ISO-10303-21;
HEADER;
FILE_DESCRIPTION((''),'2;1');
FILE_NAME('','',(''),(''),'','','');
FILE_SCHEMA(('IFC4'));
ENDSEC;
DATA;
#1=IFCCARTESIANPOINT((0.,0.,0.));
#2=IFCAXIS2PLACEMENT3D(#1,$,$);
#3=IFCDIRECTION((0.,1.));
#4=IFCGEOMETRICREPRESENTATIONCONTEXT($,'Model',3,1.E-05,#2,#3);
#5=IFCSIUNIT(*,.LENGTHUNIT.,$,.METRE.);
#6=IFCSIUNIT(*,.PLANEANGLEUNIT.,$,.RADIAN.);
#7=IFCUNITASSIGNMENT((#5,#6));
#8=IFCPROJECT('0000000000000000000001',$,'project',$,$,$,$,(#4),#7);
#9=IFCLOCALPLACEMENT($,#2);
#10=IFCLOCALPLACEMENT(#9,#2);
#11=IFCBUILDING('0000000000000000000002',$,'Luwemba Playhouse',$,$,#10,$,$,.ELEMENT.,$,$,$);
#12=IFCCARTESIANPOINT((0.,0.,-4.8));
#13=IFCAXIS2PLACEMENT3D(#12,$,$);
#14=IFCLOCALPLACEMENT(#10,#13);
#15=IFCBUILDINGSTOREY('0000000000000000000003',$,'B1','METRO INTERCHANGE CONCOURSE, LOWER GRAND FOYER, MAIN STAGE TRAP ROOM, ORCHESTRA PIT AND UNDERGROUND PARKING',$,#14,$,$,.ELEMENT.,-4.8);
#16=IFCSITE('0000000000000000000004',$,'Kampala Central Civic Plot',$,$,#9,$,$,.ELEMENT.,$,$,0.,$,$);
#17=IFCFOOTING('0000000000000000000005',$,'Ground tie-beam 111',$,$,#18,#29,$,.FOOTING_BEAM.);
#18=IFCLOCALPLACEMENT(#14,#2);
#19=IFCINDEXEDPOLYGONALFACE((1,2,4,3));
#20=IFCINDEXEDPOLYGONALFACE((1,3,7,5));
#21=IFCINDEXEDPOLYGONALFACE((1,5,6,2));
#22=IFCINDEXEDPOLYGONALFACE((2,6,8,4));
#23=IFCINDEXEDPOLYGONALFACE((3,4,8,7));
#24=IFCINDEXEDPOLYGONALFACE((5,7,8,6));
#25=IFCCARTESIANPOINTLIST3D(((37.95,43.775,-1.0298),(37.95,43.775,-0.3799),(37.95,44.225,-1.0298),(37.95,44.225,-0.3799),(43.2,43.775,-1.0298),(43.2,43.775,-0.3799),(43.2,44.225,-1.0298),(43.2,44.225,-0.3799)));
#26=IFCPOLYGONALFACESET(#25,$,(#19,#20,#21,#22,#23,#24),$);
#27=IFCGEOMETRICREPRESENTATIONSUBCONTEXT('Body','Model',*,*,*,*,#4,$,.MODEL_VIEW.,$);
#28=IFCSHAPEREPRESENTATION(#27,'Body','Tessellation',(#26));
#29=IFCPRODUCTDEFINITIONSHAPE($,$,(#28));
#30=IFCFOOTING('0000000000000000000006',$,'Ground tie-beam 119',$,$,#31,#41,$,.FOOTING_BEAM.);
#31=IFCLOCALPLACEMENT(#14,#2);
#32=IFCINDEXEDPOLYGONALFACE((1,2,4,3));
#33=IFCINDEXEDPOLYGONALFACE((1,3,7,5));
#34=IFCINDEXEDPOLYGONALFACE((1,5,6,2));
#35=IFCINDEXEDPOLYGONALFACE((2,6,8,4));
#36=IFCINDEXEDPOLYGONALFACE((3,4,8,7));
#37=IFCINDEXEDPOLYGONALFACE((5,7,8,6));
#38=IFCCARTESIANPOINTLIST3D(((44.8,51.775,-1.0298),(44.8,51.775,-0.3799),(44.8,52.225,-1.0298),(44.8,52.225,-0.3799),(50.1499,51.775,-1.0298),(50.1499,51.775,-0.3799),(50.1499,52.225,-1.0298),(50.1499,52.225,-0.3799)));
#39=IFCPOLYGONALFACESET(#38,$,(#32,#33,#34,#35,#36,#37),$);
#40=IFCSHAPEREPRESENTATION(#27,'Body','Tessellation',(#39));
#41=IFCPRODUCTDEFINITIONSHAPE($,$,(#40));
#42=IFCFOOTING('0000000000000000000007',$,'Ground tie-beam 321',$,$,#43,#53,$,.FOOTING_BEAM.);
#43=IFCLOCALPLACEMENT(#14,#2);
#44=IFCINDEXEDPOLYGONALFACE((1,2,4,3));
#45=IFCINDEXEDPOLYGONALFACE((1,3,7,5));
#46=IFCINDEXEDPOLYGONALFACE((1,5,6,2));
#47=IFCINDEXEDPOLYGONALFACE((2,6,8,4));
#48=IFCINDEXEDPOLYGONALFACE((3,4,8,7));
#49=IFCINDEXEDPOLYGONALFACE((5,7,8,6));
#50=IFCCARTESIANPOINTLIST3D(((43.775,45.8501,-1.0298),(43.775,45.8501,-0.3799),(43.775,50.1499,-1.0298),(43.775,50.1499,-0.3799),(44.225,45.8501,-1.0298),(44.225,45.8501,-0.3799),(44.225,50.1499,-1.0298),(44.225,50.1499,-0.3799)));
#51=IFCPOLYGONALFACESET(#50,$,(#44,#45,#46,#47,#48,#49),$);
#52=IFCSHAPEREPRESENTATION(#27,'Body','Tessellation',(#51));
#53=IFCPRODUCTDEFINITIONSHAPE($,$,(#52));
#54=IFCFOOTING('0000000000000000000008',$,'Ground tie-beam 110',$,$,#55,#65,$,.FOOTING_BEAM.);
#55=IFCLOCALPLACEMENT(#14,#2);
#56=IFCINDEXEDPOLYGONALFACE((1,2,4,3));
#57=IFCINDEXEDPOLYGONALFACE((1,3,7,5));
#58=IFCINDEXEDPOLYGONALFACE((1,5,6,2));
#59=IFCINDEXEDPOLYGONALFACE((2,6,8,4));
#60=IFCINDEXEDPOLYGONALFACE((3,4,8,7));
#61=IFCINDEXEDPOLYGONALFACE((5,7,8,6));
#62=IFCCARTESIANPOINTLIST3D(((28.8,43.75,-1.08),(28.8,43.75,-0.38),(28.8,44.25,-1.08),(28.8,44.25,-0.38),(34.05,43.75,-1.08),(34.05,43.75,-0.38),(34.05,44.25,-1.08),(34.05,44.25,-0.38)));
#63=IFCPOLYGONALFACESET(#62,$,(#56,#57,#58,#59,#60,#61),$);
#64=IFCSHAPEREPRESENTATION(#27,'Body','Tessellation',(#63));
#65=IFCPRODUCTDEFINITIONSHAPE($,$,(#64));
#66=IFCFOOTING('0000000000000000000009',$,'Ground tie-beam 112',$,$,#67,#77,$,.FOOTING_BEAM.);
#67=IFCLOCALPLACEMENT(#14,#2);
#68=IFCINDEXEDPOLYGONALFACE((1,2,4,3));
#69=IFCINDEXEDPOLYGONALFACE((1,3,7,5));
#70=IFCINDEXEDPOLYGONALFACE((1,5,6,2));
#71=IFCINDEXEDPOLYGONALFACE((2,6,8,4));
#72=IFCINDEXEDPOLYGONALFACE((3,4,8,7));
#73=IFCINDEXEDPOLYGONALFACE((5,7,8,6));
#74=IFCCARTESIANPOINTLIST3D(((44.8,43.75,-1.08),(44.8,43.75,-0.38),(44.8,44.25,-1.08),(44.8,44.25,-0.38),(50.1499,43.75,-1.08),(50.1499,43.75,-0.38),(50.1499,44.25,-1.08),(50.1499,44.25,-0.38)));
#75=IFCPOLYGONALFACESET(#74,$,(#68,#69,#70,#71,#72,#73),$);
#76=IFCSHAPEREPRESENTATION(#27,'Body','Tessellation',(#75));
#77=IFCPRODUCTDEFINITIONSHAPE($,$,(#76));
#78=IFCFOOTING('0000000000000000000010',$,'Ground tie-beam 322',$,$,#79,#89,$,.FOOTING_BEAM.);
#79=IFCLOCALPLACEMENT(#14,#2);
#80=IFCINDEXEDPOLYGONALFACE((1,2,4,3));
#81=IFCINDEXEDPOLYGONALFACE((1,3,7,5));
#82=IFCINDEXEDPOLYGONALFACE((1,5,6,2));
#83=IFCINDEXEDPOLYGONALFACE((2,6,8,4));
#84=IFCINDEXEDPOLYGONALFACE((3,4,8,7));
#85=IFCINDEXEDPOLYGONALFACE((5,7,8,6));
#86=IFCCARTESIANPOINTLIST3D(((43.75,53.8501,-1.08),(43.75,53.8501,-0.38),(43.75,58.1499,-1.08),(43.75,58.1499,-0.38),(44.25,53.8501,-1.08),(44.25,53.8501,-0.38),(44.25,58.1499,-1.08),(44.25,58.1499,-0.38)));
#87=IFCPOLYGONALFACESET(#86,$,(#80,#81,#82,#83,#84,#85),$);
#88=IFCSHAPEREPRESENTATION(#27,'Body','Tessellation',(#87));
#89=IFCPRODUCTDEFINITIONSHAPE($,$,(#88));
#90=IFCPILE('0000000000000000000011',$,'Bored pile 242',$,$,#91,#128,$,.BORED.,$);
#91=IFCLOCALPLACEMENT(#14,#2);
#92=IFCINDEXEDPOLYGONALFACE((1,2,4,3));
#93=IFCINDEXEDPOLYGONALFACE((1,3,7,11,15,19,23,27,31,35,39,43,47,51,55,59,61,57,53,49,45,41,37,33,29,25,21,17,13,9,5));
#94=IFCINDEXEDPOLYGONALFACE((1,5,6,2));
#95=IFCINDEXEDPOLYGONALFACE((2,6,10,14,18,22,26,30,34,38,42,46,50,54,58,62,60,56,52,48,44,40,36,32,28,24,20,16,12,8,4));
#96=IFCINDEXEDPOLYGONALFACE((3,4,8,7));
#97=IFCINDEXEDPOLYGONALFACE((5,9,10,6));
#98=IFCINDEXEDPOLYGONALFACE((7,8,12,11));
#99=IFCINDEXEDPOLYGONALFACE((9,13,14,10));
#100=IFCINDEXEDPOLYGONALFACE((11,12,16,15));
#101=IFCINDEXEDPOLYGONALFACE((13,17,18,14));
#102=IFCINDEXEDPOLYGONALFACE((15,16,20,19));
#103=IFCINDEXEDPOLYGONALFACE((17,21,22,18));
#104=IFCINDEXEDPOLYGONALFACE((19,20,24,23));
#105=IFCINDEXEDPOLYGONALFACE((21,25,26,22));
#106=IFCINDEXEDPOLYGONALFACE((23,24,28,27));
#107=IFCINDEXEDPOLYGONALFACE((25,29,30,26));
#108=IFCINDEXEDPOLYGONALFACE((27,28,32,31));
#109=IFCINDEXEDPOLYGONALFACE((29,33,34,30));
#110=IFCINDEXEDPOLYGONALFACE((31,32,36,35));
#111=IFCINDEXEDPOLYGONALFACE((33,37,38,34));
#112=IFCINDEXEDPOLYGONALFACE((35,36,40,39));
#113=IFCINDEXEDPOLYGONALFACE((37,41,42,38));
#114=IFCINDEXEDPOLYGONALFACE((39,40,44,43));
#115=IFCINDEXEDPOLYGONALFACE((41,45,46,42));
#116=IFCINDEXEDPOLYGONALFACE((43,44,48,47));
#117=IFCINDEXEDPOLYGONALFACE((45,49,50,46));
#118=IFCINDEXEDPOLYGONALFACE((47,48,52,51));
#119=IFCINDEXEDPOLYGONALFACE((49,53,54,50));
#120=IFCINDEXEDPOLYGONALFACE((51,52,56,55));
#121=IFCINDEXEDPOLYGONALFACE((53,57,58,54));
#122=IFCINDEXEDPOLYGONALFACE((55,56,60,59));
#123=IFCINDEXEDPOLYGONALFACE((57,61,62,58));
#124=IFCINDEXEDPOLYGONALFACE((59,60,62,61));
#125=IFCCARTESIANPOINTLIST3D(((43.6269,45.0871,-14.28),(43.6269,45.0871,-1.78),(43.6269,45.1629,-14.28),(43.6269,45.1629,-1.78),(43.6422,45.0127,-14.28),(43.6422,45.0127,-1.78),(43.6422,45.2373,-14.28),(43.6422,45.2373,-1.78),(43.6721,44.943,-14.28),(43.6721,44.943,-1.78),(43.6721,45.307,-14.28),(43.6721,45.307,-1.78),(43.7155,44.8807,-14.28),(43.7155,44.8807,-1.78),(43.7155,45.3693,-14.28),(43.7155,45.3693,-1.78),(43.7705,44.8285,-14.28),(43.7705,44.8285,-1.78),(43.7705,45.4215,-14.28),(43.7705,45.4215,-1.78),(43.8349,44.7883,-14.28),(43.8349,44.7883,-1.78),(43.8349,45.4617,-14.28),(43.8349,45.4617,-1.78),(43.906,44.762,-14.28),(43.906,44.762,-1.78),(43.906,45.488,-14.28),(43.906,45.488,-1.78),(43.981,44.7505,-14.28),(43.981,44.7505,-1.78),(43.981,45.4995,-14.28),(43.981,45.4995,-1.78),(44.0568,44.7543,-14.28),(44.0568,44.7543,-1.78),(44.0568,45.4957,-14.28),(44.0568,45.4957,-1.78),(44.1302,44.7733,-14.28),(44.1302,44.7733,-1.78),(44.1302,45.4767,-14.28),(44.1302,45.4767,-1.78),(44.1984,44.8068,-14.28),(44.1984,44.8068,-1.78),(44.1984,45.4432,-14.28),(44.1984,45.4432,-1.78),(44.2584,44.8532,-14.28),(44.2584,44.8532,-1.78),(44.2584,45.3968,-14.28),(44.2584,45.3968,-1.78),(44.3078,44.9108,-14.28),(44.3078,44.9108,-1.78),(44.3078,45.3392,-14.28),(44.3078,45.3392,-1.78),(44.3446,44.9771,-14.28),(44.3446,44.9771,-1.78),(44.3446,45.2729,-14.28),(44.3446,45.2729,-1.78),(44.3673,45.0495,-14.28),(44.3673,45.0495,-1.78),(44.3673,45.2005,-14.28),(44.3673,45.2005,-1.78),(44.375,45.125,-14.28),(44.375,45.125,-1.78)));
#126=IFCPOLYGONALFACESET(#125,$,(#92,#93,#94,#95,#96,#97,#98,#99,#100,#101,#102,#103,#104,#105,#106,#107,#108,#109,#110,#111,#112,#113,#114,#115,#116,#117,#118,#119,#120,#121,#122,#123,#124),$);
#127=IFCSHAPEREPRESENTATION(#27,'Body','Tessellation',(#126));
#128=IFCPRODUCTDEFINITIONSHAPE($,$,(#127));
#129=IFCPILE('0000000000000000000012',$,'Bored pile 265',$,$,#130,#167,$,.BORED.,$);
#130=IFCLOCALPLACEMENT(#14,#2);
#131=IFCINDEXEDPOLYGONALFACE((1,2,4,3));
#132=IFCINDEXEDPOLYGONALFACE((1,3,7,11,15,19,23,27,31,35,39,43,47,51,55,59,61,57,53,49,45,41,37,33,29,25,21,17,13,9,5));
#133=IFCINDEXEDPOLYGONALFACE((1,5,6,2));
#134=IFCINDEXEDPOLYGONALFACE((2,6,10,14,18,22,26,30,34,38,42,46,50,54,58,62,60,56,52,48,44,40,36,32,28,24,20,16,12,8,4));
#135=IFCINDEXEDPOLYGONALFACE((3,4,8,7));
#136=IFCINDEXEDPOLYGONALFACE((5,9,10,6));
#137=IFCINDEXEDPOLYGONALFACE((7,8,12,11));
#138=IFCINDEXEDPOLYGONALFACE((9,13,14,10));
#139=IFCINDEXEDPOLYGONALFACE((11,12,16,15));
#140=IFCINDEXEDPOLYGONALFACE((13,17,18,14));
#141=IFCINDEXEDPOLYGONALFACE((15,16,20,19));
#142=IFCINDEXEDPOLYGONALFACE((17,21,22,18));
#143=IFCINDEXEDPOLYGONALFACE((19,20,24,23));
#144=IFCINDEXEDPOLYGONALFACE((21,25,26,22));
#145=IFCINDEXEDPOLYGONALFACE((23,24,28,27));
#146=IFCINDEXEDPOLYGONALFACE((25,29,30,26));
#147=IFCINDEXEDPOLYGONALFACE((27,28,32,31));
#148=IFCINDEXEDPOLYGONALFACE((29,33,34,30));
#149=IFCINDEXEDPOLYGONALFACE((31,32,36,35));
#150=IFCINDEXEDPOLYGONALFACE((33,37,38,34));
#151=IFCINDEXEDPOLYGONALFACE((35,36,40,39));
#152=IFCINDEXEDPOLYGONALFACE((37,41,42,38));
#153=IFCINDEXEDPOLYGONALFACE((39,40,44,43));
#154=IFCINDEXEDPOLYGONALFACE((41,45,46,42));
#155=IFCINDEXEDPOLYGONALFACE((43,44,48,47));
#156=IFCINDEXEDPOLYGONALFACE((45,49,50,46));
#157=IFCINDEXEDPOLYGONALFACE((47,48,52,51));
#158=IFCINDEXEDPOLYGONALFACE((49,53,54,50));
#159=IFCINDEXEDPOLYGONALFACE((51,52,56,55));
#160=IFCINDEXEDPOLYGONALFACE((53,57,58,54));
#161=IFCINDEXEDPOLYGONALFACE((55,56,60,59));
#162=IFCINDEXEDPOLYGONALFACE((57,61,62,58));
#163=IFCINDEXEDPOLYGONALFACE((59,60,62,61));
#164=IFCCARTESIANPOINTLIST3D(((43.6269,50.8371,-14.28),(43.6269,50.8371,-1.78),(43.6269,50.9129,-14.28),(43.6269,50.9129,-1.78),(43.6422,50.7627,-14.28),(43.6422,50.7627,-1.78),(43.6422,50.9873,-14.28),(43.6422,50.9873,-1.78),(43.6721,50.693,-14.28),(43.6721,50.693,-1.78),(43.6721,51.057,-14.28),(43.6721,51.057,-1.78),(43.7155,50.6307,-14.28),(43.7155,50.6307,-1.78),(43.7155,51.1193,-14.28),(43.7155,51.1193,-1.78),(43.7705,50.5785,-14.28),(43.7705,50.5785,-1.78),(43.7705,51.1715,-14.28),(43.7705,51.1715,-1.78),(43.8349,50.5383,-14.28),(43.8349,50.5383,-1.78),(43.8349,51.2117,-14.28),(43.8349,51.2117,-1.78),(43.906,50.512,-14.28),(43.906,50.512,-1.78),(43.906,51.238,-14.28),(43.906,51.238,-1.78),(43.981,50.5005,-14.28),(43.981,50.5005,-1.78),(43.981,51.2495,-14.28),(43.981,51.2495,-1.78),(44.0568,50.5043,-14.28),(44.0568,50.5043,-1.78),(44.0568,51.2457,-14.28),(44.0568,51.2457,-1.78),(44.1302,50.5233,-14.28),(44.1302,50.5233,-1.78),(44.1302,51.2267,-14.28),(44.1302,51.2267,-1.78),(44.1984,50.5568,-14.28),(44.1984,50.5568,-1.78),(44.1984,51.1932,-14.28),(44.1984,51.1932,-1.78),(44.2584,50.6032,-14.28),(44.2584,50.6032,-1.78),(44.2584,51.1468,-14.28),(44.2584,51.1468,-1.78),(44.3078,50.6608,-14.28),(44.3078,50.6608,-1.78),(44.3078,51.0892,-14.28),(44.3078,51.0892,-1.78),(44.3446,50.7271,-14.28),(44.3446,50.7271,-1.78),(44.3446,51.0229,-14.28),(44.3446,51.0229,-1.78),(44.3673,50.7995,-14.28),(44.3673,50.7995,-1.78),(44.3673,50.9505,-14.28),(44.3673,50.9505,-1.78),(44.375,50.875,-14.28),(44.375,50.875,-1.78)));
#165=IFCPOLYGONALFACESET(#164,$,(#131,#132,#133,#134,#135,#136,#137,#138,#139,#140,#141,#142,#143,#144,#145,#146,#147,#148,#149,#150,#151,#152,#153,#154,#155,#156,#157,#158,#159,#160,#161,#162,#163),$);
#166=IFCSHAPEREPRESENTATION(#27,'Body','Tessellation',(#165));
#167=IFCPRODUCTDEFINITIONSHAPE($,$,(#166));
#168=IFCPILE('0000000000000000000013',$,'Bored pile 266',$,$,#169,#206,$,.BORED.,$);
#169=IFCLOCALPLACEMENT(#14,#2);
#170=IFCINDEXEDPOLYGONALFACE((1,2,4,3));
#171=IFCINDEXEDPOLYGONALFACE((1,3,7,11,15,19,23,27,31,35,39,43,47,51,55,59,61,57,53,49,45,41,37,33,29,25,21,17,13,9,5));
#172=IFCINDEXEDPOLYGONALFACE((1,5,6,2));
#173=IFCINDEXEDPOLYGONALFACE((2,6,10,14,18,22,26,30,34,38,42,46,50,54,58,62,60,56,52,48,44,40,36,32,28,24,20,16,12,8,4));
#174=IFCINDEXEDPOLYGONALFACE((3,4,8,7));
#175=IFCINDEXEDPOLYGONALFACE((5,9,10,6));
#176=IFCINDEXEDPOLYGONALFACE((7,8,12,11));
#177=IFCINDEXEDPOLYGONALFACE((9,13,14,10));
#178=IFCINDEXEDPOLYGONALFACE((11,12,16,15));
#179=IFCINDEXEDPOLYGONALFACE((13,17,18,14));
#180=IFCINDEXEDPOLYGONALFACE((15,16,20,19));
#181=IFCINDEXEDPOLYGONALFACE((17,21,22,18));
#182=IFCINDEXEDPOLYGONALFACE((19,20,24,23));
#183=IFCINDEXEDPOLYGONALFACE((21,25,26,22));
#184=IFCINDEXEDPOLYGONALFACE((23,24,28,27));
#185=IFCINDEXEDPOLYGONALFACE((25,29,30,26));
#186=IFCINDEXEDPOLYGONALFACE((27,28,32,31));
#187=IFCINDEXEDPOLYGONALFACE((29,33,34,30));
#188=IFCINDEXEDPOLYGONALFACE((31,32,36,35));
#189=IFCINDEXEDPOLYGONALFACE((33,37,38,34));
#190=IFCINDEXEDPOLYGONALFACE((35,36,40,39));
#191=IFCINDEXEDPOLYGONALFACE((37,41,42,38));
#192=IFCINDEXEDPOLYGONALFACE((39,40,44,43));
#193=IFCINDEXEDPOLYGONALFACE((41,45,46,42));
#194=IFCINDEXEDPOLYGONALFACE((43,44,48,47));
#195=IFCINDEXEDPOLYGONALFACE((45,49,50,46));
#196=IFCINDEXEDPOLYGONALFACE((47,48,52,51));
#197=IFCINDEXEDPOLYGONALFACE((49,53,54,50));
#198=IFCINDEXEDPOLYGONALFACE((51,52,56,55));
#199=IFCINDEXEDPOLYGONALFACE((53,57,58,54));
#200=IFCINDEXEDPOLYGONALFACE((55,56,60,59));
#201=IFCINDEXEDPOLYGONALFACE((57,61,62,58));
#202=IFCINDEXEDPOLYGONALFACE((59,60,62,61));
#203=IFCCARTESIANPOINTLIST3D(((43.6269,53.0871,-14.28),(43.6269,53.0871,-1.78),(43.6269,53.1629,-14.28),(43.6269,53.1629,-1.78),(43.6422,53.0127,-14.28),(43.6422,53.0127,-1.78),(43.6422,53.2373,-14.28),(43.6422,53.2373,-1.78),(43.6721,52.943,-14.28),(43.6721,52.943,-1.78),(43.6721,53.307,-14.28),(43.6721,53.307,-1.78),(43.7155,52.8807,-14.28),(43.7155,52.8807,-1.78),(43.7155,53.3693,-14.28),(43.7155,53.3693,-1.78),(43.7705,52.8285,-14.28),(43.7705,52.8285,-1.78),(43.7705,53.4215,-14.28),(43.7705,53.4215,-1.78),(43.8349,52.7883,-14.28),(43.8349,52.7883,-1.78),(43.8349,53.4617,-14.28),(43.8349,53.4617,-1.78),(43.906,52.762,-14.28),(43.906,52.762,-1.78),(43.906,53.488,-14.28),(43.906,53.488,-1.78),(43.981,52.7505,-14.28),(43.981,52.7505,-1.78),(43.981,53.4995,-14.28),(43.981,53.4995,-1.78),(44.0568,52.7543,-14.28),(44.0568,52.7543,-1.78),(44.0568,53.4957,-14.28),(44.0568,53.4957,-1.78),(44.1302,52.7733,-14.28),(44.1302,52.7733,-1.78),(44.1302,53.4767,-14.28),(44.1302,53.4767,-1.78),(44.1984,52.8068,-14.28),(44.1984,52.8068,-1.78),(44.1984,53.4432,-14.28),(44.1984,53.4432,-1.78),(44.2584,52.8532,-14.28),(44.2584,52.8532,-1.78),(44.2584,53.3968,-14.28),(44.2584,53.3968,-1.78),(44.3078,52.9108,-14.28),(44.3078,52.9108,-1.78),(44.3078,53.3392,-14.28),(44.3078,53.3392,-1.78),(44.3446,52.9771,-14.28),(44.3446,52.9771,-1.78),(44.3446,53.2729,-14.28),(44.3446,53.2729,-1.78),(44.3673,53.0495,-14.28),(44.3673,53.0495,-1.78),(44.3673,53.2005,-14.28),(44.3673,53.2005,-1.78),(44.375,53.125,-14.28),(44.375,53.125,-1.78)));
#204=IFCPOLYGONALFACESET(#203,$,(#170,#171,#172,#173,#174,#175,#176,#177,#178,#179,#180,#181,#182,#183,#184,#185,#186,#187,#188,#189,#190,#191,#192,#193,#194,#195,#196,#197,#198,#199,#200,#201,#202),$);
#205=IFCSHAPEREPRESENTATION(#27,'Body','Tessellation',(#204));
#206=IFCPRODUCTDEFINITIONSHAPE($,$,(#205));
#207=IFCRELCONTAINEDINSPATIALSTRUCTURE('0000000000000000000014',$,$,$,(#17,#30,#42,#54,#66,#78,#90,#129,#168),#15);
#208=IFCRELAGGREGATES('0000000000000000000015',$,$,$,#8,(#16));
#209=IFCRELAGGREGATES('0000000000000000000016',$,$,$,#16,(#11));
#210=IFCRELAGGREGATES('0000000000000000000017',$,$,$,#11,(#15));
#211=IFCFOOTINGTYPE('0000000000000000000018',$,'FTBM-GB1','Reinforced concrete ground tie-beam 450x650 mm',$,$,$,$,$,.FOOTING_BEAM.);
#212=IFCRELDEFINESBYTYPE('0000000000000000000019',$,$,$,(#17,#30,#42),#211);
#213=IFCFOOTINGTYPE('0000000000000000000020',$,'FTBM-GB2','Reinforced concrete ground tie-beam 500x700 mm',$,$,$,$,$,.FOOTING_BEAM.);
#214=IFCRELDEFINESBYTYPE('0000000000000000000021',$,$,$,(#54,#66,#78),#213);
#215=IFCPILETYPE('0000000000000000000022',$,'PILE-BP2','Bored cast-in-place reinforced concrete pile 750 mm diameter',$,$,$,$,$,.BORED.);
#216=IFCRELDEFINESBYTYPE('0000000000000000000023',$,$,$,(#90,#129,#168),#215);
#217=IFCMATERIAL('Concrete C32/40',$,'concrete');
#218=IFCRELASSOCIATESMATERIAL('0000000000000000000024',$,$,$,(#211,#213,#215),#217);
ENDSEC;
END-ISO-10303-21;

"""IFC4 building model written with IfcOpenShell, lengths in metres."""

from ifc_helpers import new_model, si_unit, direction, frame, origin, origin_2d, place, context, subcontext, project, spatial, rectangle, circle, extrude, material, material_profile, profile_set, type_object, element, save


model = new_model("IFC4")

# Units and contexts
model_context = context("Model", 3, precision=1e-05, world=origin(), true_north=direction((0.0, 1.0)))
body_context = subcontext(model_context, "Body", "Model", "MODEL_VIEW")
ifc_project = project(units=[si_unit("LENGTHUNIT", "METRE"), si_unit("PLANEANGLEUNIT", "RADIAN")], contexts=[model_context])

# Site, building, storey
site_placement = place(None, origin())
site = spatial("IfcSite", under=ifc_project, at=site_placement, Name="Kampala Central Civic Plot", CompositionType="ELEMENT", RefElevation=0.0)
building_placement = place(site_placement, origin())
building = spatial("IfcBuilding", under=site, at=building_placement, Name="Luwemba Playhouse", CompositionType="ELEMENT")
storey_placement = place(building_placement, frame((0.0, 0.0, -4.8)))
storey = spatial("IfcBuildingStorey", under=building, at=storey_placement, Name="B1", Description="METRO INTERCHANGE CONCOURSE, LOWER GRAND FOYER, MAIN STAGE TRAP ROOM, ORCHESTRA PIT AND UNDERGROUND PARKING", CompositionType="ELEMENT", Elevation=-4.8)

# Footings
ifc_material_1 = material(Name="Concrete C32/40", Category="concrete")
ifc_material_profile_1 = material_profile(ifc_material_1, rectangle(XDim=0.45, YDim=0.6499, at=origin_2d()))
ifc_profile_set_1 = profile_set([ifc_material_profile_1], Name="Concrete C32/40")
footing_type_1 = type_object("IfcFootingType", Name="FTBM-GB1", Description="Reinforced concrete ground tie-beam 450x650 mm", PredefinedType="FOOTING_BEAM", material=ifc_profile_set_1)
footing_1_placement = place(storey_placement, frame((37.95, 44.0, -0.7048), z_axis=(1.0, 0.0, 0.0), x_axis=(0.0, 1.0, 0.0)))
element("IfcFooting", 1, at=footing_1_placement, inside=storey, type_object=footing_type_1, Name="Ground tie-beam 111", PredefinedType="FOOTING_BEAM", context=body_context, shape_type="SweptSolid", body=[
    extrude(rectangle(XDim=0.45, YDim=0.6499, at=origin_2d()), origin(), (0.0, 0.0, 1.0), 5.25),
])
footing_2_placement = place(storey_placement, frame((44.8, 52.0, -0.7048), z_axis=(1.0, 0.0, 0.0), x_axis=(0.0, 1.0, 0.0)))
element("IfcFooting", 2, at=footing_2_placement, inside=storey, type_object=footing_type_1, Name="Ground tie-beam 119", PredefinedType="FOOTING_BEAM", context=body_context, shape_type="SweptSolid", body=[
    extrude(rectangle(XDim=0.45, YDim=0.6499, at=origin_2d()), origin(), (0.0, 0.0, 1.0), 5.3499),
])
footing_3_placement = place(storey_placement, frame((44.0, 45.8501, -0.7048), z_axis=(0.0, 1.0, 0.0), x_axis=(-1.0, 0.0, 0.0)))
element("IfcFooting", 3, at=footing_3_placement, inside=storey, type_object=footing_type_1, Name="Ground tie-beam 321", PredefinedType="FOOTING_BEAM", context=body_context, shape_type="SweptSolid", body=[
    extrude(rectangle(XDim=0.45, YDim=0.6499, at=origin_2d()), origin(), (0.0, 0.0, 1.0), 4.2998),
])
ifc_material_profile_2 = material_profile(ifc_material_1, rectangle(XDim=0.5, YDim=0.7, at=origin_2d()))
ifc_profile_set_2 = profile_set([ifc_material_profile_2], Name="Concrete C32/40")
footing_type_2 = type_object("IfcFootingType", Name="FTBM-GB2", Description="Reinforced concrete ground tie-beam 500x700 mm", PredefinedType="FOOTING_BEAM", material=ifc_profile_set_2)
footing_4_placement = place(storey_placement, frame((28.8, 44.0, -0.73), z_axis=(1.0, 0.0, 0.0), x_axis=(0.0, 1.0, 0.0)))
element("IfcFooting", 4, at=footing_4_placement, inside=storey, type_object=footing_type_2, Name="Ground tie-beam 110", PredefinedType="FOOTING_BEAM", context=body_context, shape_type="SweptSolid", body=[
    extrude(rectangle(XDim=0.5, YDim=0.7, at=origin_2d()), origin(), (0.0, 0.0, 1.0), 5.25),
])
footing_5_placement = place(storey_placement, frame((44.8, 44.0, -0.73), z_axis=(1.0, 0.0, 0.0), x_axis=(0.0, 1.0, 0.0)))
element("IfcFooting", 5, at=footing_5_placement, inside=storey, type_object=footing_type_2, Name="Ground tie-beam 112", PredefinedType="FOOTING_BEAM", context=body_context, shape_type="SweptSolid", body=[
    extrude(rectangle(XDim=0.5, YDim=0.7, at=origin_2d()), origin(), (0.0, 0.0, 1.0), 5.3499),
])
footing_6_placement = place(storey_placement, frame((44.0, 53.8501, -0.73), z_axis=(0.0, 1.0, 0.0), x_axis=(-1.0, 0.0, 0.0)))
element("IfcFooting", 6, at=footing_6_placement, inside=storey, type_object=footing_type_2, Name="Ground tie-beam 322", PredefinedType="FOOTING_BEAM", context=body_context, shape_type="SweptSolid", body=[
    extrude(rectangle(XDim=0.5, YDim=0.7, at=origin_2d()), origin(), (0.0, 0.0, 1.0), 4.2998),
])

# Piles
ifc_material_profile_3 = material_profile(ifc_material_1, circle(Radius=0.375, at=origin_2d()))
ifc_profile_set_3 = profile_set([ifc_material_profile_3], Name="Concrete C32/40")
pile_type_1 = type_object("IfcPileType", Name="PILE-BP2", Description="Bored cast-in-place reinforced concrete pile 750 mm diameter", PredefinedType="BORED", material=ifc_profile_set_3)
for number, where, z_axis, x_axis, name in (
    (7, (44.0, 45.125, -1.78), (0.0, 0.0, -1.0), (1.0, 0.0, 0.0), "Bored pile 242"),
    (8, (44.0, 50.875, -1.78), (0.0, 0.0, -1.0), (1.0, 0.0, 0.0), "Bored pile 265"),
    (9, (44.0, 53.125, -1.78), (0.0, 0.0, -1.0), (1.0, 0.0, 0.0), "Bored pile 266"),
):
    element("IfcPile", number, at=place(storey_placement, frame(where, z_axis=z_axis, x_axis=x_axis)), inside=storey, type_object=pile_type_1, Name=name, PredefinedType="BORED", context=body_context, shape_type="SweptSolid", body=[
        extrude(circle(Radius=0.375, at=origin_2d()), origin(), (0.0, 0.0, 1.0), 12.5),
    ])

save(model, "model.ifc")
